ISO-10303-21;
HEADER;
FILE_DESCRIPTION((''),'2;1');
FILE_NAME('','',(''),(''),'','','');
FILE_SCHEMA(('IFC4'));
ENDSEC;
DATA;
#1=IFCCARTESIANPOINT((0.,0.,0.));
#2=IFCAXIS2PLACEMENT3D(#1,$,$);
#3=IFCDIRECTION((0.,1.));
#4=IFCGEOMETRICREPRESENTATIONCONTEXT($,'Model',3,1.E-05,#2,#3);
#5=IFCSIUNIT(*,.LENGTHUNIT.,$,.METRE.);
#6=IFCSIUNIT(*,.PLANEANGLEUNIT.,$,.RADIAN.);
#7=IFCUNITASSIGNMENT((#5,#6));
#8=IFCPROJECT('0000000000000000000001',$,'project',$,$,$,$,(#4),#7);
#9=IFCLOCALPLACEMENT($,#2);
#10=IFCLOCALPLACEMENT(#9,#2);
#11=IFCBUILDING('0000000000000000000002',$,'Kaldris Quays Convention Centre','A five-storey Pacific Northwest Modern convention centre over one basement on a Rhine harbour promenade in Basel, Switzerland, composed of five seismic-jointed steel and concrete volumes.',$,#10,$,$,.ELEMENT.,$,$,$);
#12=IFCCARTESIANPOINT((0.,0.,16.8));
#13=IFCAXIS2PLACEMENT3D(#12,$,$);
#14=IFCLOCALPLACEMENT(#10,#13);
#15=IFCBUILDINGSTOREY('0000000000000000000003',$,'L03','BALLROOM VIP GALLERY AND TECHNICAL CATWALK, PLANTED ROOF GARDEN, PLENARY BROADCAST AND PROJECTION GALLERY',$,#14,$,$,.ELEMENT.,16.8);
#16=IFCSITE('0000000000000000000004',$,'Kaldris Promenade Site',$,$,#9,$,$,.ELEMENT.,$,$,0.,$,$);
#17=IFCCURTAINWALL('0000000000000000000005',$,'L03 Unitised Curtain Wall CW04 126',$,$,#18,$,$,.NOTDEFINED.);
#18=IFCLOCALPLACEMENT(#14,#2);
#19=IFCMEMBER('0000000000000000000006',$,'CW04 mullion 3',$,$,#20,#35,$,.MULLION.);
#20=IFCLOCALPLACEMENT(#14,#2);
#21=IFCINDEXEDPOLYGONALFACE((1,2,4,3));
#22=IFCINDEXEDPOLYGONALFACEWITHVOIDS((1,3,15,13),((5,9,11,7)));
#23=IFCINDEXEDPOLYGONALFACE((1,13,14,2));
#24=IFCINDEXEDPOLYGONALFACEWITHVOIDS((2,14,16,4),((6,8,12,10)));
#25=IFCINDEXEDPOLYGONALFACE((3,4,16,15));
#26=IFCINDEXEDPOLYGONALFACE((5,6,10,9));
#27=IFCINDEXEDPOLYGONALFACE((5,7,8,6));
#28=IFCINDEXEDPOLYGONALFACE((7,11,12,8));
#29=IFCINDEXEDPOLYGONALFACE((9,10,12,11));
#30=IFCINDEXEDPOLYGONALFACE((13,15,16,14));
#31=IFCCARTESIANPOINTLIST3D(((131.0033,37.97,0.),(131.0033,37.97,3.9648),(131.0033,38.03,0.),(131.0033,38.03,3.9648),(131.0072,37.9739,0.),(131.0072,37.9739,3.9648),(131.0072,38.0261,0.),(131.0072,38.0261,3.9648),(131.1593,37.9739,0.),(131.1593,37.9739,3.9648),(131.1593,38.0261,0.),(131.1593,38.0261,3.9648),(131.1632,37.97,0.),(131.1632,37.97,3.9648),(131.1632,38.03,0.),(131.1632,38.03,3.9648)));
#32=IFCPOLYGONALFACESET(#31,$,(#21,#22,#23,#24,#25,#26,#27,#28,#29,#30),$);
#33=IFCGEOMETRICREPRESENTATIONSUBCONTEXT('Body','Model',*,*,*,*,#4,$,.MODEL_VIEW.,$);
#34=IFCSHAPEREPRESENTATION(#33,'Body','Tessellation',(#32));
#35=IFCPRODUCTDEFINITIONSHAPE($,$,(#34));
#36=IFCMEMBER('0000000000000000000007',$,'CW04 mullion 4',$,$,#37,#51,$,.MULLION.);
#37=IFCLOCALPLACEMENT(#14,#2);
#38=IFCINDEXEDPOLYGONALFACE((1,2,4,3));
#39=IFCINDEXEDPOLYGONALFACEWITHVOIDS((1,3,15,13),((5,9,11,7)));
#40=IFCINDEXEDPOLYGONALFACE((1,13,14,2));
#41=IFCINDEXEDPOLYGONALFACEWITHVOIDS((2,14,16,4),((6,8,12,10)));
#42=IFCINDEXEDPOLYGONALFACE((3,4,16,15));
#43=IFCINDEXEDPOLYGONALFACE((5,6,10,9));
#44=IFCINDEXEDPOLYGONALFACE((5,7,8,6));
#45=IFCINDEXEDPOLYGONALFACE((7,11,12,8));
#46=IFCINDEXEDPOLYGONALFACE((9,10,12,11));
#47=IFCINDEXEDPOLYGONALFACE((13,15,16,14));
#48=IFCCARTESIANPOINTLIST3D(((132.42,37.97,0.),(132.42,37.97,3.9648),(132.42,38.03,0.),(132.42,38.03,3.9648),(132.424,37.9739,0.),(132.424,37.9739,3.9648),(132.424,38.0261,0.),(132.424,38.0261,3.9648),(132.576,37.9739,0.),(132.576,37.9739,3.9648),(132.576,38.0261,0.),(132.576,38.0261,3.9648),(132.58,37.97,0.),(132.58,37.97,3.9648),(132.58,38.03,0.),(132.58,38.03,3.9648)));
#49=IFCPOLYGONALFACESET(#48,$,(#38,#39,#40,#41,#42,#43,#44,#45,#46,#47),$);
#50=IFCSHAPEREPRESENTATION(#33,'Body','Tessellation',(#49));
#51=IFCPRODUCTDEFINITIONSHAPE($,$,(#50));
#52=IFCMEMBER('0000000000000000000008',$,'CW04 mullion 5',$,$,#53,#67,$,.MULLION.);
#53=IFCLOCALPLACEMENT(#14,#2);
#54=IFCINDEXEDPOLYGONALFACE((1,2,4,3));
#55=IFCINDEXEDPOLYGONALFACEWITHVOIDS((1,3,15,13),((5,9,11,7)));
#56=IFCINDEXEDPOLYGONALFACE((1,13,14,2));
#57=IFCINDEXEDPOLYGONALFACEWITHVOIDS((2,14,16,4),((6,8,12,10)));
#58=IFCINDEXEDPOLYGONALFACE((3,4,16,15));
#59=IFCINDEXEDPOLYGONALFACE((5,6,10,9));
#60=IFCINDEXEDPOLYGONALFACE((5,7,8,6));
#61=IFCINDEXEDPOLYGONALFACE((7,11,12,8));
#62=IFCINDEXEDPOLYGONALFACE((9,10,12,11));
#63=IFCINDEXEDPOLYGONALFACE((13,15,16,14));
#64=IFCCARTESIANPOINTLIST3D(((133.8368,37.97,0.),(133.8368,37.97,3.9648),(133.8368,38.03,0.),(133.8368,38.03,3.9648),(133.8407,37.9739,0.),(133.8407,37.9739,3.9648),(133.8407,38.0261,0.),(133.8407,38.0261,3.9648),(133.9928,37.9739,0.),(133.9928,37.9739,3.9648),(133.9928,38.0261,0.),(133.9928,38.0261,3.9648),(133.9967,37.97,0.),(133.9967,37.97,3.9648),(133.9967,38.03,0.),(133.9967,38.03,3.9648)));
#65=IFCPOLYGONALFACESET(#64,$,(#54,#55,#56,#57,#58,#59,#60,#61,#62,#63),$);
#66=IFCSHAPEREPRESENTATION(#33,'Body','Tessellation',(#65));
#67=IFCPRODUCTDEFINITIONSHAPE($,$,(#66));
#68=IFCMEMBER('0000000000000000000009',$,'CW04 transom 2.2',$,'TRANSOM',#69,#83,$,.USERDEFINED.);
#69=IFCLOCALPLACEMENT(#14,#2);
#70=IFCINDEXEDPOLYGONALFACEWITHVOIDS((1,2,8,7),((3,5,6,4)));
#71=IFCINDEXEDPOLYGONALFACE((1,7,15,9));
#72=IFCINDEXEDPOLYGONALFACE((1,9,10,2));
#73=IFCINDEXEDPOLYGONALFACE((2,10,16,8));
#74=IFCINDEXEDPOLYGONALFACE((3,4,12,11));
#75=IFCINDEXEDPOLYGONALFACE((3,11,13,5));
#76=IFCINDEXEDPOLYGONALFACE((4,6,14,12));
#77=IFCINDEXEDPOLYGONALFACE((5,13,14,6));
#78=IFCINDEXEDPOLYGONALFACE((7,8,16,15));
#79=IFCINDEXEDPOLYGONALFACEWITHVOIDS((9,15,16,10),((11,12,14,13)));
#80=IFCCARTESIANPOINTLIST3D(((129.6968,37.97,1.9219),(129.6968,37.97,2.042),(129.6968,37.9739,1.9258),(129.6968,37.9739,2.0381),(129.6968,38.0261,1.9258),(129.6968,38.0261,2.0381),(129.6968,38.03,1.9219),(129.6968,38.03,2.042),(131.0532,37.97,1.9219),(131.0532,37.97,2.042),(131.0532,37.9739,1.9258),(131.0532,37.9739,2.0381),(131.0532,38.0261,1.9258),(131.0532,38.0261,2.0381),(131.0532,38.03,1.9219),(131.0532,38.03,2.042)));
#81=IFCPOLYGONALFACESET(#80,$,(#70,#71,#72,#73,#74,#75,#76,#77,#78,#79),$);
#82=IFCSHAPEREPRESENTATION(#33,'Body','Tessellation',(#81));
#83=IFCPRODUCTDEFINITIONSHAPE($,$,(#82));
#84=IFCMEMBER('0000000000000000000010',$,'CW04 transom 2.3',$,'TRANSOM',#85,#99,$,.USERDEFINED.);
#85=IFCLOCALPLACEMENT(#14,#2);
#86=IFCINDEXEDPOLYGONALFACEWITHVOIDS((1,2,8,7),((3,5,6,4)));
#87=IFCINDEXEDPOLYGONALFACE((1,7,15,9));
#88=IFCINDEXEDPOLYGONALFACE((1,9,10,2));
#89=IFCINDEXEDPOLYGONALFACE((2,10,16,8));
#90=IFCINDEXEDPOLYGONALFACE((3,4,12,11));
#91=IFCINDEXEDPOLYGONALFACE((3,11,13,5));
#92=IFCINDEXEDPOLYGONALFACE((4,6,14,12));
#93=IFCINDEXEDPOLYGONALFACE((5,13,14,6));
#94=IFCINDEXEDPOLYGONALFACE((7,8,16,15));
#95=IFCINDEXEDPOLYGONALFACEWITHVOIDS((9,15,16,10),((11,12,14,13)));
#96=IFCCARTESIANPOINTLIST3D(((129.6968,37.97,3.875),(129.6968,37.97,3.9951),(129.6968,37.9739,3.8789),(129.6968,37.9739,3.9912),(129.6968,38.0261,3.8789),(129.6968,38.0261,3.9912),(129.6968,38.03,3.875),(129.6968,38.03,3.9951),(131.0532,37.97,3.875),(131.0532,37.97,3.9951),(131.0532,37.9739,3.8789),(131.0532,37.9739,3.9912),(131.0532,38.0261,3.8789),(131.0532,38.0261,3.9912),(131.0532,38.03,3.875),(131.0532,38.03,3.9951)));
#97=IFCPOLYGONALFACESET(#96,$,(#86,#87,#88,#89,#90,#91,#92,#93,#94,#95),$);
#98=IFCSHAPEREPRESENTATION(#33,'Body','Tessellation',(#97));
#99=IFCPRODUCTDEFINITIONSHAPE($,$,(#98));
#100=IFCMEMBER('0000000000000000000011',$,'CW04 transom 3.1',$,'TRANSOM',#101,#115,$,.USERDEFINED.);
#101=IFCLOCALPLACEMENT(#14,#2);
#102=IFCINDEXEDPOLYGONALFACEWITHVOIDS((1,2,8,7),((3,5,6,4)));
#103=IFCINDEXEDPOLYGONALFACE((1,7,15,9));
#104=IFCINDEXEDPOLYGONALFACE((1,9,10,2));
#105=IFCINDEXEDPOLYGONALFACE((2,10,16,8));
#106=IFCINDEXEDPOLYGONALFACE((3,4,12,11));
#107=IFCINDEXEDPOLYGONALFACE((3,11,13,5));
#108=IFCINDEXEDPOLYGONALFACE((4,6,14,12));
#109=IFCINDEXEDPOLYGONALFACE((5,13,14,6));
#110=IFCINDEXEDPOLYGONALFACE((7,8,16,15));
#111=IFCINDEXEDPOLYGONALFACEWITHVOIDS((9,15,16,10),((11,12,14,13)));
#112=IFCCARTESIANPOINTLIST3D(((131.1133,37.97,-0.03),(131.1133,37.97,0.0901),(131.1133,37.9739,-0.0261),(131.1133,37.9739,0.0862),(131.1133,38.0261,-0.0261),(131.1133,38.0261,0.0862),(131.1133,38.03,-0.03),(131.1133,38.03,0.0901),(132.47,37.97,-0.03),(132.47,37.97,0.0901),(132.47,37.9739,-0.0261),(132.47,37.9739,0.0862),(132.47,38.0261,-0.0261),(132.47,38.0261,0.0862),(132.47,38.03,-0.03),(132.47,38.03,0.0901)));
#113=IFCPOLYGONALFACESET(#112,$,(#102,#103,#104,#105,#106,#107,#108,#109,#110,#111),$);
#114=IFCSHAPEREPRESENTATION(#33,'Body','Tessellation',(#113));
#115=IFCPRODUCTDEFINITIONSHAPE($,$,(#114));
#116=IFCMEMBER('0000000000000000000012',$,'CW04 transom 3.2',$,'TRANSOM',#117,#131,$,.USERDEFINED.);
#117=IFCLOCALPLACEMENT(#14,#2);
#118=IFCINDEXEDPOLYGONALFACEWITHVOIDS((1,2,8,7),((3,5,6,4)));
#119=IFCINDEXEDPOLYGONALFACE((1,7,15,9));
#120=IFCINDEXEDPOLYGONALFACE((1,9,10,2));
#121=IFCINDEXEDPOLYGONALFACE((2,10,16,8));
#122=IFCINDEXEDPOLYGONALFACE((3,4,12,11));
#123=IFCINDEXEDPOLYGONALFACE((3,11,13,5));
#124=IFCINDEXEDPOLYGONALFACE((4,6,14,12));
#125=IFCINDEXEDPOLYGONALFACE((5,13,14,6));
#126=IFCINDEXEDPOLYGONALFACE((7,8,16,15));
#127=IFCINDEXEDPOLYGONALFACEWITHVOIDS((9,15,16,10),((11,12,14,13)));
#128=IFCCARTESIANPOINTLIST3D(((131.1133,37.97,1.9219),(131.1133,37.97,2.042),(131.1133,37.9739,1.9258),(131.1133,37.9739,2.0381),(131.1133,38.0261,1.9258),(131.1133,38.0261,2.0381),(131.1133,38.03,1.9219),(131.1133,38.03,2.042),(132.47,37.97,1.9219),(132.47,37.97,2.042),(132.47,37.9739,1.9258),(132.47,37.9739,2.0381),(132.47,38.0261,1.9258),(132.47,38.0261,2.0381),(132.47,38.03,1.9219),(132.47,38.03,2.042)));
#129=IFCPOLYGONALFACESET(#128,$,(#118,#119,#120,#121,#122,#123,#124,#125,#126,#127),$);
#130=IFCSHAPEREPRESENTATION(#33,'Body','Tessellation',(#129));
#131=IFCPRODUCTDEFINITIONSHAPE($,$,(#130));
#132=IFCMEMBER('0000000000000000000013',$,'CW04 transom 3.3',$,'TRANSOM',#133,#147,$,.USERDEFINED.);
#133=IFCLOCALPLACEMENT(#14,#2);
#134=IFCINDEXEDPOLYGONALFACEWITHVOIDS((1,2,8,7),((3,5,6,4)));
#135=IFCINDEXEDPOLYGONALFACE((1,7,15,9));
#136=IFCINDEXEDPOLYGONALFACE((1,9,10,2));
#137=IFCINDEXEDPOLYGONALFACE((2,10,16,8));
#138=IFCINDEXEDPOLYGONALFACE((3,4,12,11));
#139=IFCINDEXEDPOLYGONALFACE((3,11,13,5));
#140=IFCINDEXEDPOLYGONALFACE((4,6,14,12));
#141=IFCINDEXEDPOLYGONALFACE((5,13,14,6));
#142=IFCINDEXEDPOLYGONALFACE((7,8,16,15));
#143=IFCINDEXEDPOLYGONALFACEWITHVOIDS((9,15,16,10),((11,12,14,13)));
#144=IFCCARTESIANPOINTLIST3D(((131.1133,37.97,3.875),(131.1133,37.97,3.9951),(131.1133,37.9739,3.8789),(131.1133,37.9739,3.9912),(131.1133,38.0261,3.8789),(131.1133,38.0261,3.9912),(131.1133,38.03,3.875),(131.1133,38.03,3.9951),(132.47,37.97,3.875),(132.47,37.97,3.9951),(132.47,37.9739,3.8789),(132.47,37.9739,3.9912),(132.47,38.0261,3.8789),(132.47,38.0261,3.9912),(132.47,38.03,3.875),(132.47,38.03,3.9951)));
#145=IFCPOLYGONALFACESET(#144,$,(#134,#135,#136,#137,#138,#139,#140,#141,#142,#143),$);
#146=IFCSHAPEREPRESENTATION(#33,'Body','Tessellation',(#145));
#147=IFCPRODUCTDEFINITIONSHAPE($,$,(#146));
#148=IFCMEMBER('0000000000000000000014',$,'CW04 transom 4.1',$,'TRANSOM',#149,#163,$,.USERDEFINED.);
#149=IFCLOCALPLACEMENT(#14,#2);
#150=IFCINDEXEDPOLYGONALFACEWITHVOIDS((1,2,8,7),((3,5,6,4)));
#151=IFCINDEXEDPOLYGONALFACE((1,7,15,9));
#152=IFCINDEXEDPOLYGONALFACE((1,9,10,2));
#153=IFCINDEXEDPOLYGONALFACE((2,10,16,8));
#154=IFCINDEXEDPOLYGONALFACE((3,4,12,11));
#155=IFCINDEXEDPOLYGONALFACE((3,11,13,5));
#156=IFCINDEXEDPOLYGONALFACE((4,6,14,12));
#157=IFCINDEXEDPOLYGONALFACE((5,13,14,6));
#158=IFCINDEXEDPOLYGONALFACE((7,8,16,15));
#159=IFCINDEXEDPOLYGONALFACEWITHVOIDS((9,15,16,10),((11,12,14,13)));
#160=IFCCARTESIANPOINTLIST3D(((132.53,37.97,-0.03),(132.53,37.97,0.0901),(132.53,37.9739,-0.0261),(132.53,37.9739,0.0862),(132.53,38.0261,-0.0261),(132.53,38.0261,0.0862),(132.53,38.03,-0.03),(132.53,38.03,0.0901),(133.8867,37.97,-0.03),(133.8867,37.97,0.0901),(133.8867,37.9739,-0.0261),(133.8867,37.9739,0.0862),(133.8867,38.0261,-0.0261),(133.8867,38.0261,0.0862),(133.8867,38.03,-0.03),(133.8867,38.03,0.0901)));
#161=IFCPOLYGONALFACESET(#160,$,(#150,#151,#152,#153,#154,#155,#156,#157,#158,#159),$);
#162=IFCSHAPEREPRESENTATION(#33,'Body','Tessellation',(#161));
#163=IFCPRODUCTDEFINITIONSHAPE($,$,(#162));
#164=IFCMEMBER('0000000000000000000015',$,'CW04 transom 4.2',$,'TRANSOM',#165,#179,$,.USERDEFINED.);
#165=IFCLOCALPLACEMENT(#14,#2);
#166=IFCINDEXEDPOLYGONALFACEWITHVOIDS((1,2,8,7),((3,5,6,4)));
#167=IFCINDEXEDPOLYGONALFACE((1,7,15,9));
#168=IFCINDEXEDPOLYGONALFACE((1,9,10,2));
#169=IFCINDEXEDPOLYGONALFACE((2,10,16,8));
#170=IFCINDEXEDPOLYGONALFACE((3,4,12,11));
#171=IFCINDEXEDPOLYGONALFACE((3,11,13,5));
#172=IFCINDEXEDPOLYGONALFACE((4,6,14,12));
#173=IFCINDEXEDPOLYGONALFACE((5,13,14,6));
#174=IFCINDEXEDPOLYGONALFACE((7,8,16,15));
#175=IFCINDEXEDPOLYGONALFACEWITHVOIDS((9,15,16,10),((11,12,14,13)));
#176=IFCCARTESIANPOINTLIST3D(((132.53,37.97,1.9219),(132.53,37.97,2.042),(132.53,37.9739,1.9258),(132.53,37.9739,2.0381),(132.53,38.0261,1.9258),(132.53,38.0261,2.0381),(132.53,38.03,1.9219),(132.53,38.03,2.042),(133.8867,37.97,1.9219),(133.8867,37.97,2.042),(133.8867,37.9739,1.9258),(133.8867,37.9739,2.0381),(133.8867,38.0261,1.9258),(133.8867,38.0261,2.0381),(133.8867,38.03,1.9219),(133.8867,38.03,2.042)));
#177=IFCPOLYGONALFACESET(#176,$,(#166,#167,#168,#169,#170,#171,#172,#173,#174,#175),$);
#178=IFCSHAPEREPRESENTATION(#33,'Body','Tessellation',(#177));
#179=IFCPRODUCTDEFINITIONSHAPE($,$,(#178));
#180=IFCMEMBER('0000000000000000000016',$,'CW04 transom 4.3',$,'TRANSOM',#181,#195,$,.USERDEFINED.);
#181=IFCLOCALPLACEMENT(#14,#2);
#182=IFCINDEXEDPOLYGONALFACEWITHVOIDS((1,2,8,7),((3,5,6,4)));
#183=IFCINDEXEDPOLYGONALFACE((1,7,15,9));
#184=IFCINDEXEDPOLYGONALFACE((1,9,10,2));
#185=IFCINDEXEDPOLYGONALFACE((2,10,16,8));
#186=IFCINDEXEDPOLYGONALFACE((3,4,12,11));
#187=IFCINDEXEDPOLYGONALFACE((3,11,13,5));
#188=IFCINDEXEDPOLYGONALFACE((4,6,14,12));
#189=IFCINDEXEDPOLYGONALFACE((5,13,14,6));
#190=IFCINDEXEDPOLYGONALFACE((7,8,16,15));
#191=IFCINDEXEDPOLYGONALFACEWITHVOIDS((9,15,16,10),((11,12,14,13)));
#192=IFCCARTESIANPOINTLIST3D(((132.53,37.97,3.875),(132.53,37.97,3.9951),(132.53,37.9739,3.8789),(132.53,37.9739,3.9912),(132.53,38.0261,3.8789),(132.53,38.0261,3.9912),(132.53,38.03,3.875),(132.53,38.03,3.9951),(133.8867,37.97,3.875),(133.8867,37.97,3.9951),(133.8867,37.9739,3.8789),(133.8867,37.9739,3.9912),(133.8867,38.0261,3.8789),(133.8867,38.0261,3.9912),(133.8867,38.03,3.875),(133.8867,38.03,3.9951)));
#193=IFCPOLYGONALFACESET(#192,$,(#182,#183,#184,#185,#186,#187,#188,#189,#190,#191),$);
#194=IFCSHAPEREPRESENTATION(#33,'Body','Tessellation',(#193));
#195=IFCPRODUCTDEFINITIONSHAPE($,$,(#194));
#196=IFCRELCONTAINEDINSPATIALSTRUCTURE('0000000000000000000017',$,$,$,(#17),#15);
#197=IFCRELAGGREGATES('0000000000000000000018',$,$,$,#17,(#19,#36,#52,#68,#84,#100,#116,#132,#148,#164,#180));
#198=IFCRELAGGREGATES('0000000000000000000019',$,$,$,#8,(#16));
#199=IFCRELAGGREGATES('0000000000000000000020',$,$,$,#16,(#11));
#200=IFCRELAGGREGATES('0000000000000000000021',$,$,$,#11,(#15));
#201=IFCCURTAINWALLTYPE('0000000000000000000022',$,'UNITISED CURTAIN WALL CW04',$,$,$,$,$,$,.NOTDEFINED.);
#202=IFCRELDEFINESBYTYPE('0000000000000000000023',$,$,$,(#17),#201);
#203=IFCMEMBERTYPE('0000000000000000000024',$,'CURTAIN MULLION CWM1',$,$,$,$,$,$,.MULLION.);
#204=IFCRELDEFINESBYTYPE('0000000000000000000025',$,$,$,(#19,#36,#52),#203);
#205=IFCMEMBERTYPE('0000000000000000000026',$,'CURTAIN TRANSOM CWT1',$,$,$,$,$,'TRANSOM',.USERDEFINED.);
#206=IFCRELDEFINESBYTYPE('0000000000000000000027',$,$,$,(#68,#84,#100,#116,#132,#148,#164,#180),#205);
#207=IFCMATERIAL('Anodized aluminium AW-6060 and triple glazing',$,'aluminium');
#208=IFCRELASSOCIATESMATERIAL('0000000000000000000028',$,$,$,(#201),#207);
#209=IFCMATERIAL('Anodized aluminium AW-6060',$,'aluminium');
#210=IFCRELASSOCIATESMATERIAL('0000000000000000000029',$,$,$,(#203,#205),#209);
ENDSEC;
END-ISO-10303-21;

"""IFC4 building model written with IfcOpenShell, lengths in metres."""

from ifc_helpers import new_model, si_unit, direction, frame, origin, origin_2d, place, context, subcontext, project, spatial, hollow_rectangle, extrude, material, material_profile, profile_set, type_object, element, aggregate, save


model = new_model("IFC4")

# Units and contexts
model_context = context("Model", 3, precision=1e-05, world=origin(), true_north=direction((0.0, 1.0)))
body_context = subcontext(model_context, "Body", "Model", "MODEL_VIEW")
ifc_project = project(units=[si_unit("LENGTHUNIT", "METRE"), si_unit("PLANEANGLEUNIT", "RADIAN")], contexts=[model_context])

# Site, building, storey
site_placement = place(None, origin())
site = spatial("IfcSite", under=ifc_project, at=site_placement, Name="Kaldris Promenade Site", CompositionType="ELEMENT", RefElevation=0.0)
building_placement = place(site_placement, origin())
building = spatial("IfcBuilding", under=site, at=building_placement, Name="Kaldris Quays Convention Centre", Description="A five-storey Pacific Northwest Modern convention centre over one basement on a Rhine harbour promenade in Basel, Switzerland, composed of five seismic-jointed steel and concrete volumes.", CompositionType="ELEMENT")
storey_placement = place(building_placement, frame((0.0, 0.0, 16.8)))
storey = spatial("IfcBuildingStorey", under=building, at=storey_placement, Name="L03", Description="BALLROOM VIP GALLERY AND TECHNICAL CATWALK, PLANTED ROOF GARDEN, PLENARY BROADCAST AND PROJECTION GALLERY", CompositionType="ELEMENT", Elevation=16.8)

# Curtain wall, members
ifc_material_1 = material(Name="Anodized aluminium AW-6060 and triple glazing", Category="aluminium")
curtain_wall_type = type_object("IfcCurtainWallType", Name="UNITISED CURTAIN WALL CW04", PredefinedType="NOTDEFINED", material=ifc_material_1)
curtain_wall_placement = place(storey_placement, origin())
curtain_wall = element("IfcCurtainWall", 1, at=curtain_wall_placement, inside=storey, type_object=curtain_wall_type, Name="L03 Unitised Curtain Wall CW04 126", PredefinedType="NOTDEFINED")
ifc_material_2 = material(Name="Anodized aluminium AW-6060", Category="aluminium")
ifc_material_profile_1 = material_profile(ifc_material_2, hollow_rectangle(XDim=0.0601, YDim=0.1599, WallThickness=0.0039, at=origin_2d()), Name="RHS 160x60x4")
ifc_profile_set_1 = profile_set([ifc_material_profile_1], Name="Anodized aluminium AW-6060")
member_type_1 = type_object("IfcMemberType", Name="CURTAIN MULLION CWM1", PredefinedType="MULLION", material=ifc_profile_set_1)
member_1_placement = place(storey_placement, frame((131.0833, 38.0, 0.0), z_axis=(0.0, 0.0, 1.0), x_axis=(0.0, 1.0, 0.0)))
member_1 = element("IfcMember", 2, at=member_1_placement, type_object=member_type_1, Name="CW04 mullion 3", PredefinedType="MULLION", context=body_context, shape_type="SweptSolid", body=[
    extrude(hollow_rectangle(XDim=0.0601, YDim=0.1599, WallThickness=0.0039, at=origin_2d()), origin(), (0.0, 0.0, 1.0), 3.9648),
])
member_2_placement = place(storey_placement, frame((132.5, 38.0, 0.0), z_axis=(0.0, 0.0, 1.0), x_axis=(0.0, 1.0, 0.0)))
member_2 = element("IfcMember", 3, at=member_2_placement, type_object=member_type_1, Name="CW04 mullion 4", PredefinedType="MULLION", context=body_context, shape_type="SweptSolid", body=[
    extrude(hollow_rectangle(XDim=0.0601, YDim=0.1599, WallThickness=0.0039, at=origin_2d()), origin(), (0.0, 0.0, 1.0), 3.9648),
])
member_3_placement = place(storey_placement, frame((133.9167, 38.0, 0.0), z_axis=(0.0, 0.0, 1.0), x_axis=(0.0, 1.0, 0.0)))
member_3 = element("IfcMember", 4, at=member_3_placement, type_object=member_type_1, Name="CW04 mullion 5", PredefinedType="MULLION", context=body_context, shape_type="SweptSolid", body=[
    extrude(hollow_rectangle(XDim=0.0601, YDim=0.1599, WallThickness=0.0039, at=origin_2d()), origin(), (0.0, 0.0, 1.0), 3.9648),
])
ifc_material_profile_2 = material_profile(ifc_material_2, hollow_rectangle(XDim=0.0601, YDim=0.1201, WallThickness=0.0039, at=origin_2d()), Name="RHS 120x60x4")
ifc_profile_set_2 = profile_set([ifc_material_profile_2], Name="Anodized aluminium AW-6060")
member_type_2 = type_object("IfcMemberType", Name="CURTAIN TRANSOM CWT1", ElementType="TRANSOM", PredefinedType="USERDEFINED", material=ifc_profile_set_2)
member_4_placement = place(storey_placement, frame((129.6968, 38.0, 1.9819), z_axis=(1.0, 0.0, 0.0), x_axis=(0.0, 1.0, 0.0)))
member_4 = element("IfcMember", 5, at=member_4_placement, type_object=member_type_2, Name="CW04 transom 2.2", ObjectType="TRANSOM", PredefinedType="USERDEFINED", context=body_context, shape_type="SweptSolid", body=[
    extrude(hollow_rectangle(XDim=0.0601, YDim=0.1201, WallThickness=0.0039, at=origin_2d()), origin(), (0.0, 0.0, 1.0), 1.3564),
])
member_5_placement = place(storey_placement, frame((129.6968, 38.0, 3.9351), z_axis=(1.0, 0.0, 0.0), x_axis=(0.0, 1.0, 0.0)))
member_5 = element("IfcMember", 6, at=member_5_placement, type_object=member_type_2, Name="CW04 transom 2.3", ObjectType="TRANSOM", PredefinedType="USERDEFINED", context=body_context, shape_type="SweptSolid", body=[
    extrude(hollow_rectangle(XDim=0.0601, YDim=0.1201, WallThickness=0.0039, at=origin_2d()), origin(), (0.0, 0.0, 1.0), 1.3564),
])
member_6_placement = place(storey_placement, frame((131.1133, 38.0, 0.03), z_axis=(1.0, 0.0, 0.0), x_axis=(0.0, 1.0, 0.0)))
member_6 = element("IfcMember", 7, at=member_6_placement, type_object=member_type_2, Name="CW04 transom 3.1", ObjectType="TRANSOM", PredefinedType="USERDEFINED", context=body_context, shape_type="SweptSolid", body=[
    extrude(hollow_rectangle(XDim=0.0601, YDim=0.1201, WallThickness=0.0039, at=origin_2d()), origin(), (0.0, 0.0, 1.0), 1.3567),
])
member_7_placement = place(storey_placement, frame((131.1133, 38.0, 1.9819), z_axis=(1.0, 0.0, 0.0), x_axis=(0.0, 1.0, 0.0)))
member_7 = element("IfcMember", 8, at=member_7_placement, type_object=member_type_2, Name="CW04 transom 3.2", ObjectType="TRANSOM", PredefinedType="USERDEFINED", context=body_context, shape_type="SweptSolid", body=[
    extrude(hollow_rectangle(XDim=0.0601, YDim=0.1201, WallThickness=0.0039, at=origin_2d()), origin(), (0.0, 0.0, 1.0), 1.3567),
])
member_8_placement = place(storey_placement, frame((131.1133, 38.0, 3.9351), z_axis=(1.0, 0.0, 0.0), x_axis=(0.0, 1.0, 0.0)))
member_8 = element("IfcMember", 9, at=member_8_placement, type_object=member_type_2, Name="CW04 transom 3.3", ObjectType="TRANSOM", PredefinedType="USERDEFINED", context=body_context, shape_type="SweptSolid", body=[
    extrude(hollow_rectangle(XDim=0.0601, YDim=0.1201, WallThickness=0.0039, at=origin_2d()), origin(), (0.0, 0.0, 1.0), 1.3567),
])
member_9_placement = place(storey_placement, frame((132.53, 38.0, 0.03), z_axis=(1.0, 0.0, 0.0), x_axis=(0.0, 1.0, 0.0)))
member_9 = element("IfcMember", 10, at=member_9_placement, type_object=member_type_2, Name="CW04 transom 4.1", ObjectType="TRANSOM", PredefinedType="USERDEFINED", context=body_context, shape_type="SweptSolid", body=[
    extrude(hollow_rectangle(XDim=0.0601, YDim=0.1201, WallThickness=0.0039, at=origin_2d()), origin(), (0.0, 0.0, 1.0), 1.3567),
])
member_10_placement = place(storey_placement, frame((132.53, 38.0, 1.9819), z_axis=(1.0, 0.0, 0.0), x_axis=(0.0, 1.0, 0.0)))
member_10 = element("IfcMember", 11, at=member_10_placement, type_object=member_type_2, Name="CW04 transom 4.2", ObjectType="TRANSOM", PredefinedType="USERDEFINED", context=body_context, shape_type="SweptSolid", body=[
    extrude(hollow_rectangle(XDim=0.0601, YDim=0.1201, WallThickness=0.0039, at=origin_2d()), origin(), (0.0, 0.0, 1.0), 1.3567),
])
member_11_placement = place(storey_placement, frame((132.53, 38.0, 3.9351), z_axis=(1.0, 0.0, 0.0), x_axis=(0.0, 1.0, 0.0)))
member_11 = element("IfcMember", 12, at=member_11_placement, type_object=member_type_2, Name="CW04 transom 4.3", ObjectType="TRANSOM", PredefinedType="USERDEFINED", context=body_context, shape_type="SweptSolid", body=[
    extrude(hollow_rectangle(XDim=0.0601, YDim=0.1201, WallThickness=0.0039, at=origin_2d()), origin(), (0.0, 0.0, 1.0), 1.3567),
])
aggregate(curtain_wall, [member_1, member_2, member_3, member_4, member_5, member_6, member_7, member_8, member_9, member_10, member_11])

save(model, "model.ifc")
